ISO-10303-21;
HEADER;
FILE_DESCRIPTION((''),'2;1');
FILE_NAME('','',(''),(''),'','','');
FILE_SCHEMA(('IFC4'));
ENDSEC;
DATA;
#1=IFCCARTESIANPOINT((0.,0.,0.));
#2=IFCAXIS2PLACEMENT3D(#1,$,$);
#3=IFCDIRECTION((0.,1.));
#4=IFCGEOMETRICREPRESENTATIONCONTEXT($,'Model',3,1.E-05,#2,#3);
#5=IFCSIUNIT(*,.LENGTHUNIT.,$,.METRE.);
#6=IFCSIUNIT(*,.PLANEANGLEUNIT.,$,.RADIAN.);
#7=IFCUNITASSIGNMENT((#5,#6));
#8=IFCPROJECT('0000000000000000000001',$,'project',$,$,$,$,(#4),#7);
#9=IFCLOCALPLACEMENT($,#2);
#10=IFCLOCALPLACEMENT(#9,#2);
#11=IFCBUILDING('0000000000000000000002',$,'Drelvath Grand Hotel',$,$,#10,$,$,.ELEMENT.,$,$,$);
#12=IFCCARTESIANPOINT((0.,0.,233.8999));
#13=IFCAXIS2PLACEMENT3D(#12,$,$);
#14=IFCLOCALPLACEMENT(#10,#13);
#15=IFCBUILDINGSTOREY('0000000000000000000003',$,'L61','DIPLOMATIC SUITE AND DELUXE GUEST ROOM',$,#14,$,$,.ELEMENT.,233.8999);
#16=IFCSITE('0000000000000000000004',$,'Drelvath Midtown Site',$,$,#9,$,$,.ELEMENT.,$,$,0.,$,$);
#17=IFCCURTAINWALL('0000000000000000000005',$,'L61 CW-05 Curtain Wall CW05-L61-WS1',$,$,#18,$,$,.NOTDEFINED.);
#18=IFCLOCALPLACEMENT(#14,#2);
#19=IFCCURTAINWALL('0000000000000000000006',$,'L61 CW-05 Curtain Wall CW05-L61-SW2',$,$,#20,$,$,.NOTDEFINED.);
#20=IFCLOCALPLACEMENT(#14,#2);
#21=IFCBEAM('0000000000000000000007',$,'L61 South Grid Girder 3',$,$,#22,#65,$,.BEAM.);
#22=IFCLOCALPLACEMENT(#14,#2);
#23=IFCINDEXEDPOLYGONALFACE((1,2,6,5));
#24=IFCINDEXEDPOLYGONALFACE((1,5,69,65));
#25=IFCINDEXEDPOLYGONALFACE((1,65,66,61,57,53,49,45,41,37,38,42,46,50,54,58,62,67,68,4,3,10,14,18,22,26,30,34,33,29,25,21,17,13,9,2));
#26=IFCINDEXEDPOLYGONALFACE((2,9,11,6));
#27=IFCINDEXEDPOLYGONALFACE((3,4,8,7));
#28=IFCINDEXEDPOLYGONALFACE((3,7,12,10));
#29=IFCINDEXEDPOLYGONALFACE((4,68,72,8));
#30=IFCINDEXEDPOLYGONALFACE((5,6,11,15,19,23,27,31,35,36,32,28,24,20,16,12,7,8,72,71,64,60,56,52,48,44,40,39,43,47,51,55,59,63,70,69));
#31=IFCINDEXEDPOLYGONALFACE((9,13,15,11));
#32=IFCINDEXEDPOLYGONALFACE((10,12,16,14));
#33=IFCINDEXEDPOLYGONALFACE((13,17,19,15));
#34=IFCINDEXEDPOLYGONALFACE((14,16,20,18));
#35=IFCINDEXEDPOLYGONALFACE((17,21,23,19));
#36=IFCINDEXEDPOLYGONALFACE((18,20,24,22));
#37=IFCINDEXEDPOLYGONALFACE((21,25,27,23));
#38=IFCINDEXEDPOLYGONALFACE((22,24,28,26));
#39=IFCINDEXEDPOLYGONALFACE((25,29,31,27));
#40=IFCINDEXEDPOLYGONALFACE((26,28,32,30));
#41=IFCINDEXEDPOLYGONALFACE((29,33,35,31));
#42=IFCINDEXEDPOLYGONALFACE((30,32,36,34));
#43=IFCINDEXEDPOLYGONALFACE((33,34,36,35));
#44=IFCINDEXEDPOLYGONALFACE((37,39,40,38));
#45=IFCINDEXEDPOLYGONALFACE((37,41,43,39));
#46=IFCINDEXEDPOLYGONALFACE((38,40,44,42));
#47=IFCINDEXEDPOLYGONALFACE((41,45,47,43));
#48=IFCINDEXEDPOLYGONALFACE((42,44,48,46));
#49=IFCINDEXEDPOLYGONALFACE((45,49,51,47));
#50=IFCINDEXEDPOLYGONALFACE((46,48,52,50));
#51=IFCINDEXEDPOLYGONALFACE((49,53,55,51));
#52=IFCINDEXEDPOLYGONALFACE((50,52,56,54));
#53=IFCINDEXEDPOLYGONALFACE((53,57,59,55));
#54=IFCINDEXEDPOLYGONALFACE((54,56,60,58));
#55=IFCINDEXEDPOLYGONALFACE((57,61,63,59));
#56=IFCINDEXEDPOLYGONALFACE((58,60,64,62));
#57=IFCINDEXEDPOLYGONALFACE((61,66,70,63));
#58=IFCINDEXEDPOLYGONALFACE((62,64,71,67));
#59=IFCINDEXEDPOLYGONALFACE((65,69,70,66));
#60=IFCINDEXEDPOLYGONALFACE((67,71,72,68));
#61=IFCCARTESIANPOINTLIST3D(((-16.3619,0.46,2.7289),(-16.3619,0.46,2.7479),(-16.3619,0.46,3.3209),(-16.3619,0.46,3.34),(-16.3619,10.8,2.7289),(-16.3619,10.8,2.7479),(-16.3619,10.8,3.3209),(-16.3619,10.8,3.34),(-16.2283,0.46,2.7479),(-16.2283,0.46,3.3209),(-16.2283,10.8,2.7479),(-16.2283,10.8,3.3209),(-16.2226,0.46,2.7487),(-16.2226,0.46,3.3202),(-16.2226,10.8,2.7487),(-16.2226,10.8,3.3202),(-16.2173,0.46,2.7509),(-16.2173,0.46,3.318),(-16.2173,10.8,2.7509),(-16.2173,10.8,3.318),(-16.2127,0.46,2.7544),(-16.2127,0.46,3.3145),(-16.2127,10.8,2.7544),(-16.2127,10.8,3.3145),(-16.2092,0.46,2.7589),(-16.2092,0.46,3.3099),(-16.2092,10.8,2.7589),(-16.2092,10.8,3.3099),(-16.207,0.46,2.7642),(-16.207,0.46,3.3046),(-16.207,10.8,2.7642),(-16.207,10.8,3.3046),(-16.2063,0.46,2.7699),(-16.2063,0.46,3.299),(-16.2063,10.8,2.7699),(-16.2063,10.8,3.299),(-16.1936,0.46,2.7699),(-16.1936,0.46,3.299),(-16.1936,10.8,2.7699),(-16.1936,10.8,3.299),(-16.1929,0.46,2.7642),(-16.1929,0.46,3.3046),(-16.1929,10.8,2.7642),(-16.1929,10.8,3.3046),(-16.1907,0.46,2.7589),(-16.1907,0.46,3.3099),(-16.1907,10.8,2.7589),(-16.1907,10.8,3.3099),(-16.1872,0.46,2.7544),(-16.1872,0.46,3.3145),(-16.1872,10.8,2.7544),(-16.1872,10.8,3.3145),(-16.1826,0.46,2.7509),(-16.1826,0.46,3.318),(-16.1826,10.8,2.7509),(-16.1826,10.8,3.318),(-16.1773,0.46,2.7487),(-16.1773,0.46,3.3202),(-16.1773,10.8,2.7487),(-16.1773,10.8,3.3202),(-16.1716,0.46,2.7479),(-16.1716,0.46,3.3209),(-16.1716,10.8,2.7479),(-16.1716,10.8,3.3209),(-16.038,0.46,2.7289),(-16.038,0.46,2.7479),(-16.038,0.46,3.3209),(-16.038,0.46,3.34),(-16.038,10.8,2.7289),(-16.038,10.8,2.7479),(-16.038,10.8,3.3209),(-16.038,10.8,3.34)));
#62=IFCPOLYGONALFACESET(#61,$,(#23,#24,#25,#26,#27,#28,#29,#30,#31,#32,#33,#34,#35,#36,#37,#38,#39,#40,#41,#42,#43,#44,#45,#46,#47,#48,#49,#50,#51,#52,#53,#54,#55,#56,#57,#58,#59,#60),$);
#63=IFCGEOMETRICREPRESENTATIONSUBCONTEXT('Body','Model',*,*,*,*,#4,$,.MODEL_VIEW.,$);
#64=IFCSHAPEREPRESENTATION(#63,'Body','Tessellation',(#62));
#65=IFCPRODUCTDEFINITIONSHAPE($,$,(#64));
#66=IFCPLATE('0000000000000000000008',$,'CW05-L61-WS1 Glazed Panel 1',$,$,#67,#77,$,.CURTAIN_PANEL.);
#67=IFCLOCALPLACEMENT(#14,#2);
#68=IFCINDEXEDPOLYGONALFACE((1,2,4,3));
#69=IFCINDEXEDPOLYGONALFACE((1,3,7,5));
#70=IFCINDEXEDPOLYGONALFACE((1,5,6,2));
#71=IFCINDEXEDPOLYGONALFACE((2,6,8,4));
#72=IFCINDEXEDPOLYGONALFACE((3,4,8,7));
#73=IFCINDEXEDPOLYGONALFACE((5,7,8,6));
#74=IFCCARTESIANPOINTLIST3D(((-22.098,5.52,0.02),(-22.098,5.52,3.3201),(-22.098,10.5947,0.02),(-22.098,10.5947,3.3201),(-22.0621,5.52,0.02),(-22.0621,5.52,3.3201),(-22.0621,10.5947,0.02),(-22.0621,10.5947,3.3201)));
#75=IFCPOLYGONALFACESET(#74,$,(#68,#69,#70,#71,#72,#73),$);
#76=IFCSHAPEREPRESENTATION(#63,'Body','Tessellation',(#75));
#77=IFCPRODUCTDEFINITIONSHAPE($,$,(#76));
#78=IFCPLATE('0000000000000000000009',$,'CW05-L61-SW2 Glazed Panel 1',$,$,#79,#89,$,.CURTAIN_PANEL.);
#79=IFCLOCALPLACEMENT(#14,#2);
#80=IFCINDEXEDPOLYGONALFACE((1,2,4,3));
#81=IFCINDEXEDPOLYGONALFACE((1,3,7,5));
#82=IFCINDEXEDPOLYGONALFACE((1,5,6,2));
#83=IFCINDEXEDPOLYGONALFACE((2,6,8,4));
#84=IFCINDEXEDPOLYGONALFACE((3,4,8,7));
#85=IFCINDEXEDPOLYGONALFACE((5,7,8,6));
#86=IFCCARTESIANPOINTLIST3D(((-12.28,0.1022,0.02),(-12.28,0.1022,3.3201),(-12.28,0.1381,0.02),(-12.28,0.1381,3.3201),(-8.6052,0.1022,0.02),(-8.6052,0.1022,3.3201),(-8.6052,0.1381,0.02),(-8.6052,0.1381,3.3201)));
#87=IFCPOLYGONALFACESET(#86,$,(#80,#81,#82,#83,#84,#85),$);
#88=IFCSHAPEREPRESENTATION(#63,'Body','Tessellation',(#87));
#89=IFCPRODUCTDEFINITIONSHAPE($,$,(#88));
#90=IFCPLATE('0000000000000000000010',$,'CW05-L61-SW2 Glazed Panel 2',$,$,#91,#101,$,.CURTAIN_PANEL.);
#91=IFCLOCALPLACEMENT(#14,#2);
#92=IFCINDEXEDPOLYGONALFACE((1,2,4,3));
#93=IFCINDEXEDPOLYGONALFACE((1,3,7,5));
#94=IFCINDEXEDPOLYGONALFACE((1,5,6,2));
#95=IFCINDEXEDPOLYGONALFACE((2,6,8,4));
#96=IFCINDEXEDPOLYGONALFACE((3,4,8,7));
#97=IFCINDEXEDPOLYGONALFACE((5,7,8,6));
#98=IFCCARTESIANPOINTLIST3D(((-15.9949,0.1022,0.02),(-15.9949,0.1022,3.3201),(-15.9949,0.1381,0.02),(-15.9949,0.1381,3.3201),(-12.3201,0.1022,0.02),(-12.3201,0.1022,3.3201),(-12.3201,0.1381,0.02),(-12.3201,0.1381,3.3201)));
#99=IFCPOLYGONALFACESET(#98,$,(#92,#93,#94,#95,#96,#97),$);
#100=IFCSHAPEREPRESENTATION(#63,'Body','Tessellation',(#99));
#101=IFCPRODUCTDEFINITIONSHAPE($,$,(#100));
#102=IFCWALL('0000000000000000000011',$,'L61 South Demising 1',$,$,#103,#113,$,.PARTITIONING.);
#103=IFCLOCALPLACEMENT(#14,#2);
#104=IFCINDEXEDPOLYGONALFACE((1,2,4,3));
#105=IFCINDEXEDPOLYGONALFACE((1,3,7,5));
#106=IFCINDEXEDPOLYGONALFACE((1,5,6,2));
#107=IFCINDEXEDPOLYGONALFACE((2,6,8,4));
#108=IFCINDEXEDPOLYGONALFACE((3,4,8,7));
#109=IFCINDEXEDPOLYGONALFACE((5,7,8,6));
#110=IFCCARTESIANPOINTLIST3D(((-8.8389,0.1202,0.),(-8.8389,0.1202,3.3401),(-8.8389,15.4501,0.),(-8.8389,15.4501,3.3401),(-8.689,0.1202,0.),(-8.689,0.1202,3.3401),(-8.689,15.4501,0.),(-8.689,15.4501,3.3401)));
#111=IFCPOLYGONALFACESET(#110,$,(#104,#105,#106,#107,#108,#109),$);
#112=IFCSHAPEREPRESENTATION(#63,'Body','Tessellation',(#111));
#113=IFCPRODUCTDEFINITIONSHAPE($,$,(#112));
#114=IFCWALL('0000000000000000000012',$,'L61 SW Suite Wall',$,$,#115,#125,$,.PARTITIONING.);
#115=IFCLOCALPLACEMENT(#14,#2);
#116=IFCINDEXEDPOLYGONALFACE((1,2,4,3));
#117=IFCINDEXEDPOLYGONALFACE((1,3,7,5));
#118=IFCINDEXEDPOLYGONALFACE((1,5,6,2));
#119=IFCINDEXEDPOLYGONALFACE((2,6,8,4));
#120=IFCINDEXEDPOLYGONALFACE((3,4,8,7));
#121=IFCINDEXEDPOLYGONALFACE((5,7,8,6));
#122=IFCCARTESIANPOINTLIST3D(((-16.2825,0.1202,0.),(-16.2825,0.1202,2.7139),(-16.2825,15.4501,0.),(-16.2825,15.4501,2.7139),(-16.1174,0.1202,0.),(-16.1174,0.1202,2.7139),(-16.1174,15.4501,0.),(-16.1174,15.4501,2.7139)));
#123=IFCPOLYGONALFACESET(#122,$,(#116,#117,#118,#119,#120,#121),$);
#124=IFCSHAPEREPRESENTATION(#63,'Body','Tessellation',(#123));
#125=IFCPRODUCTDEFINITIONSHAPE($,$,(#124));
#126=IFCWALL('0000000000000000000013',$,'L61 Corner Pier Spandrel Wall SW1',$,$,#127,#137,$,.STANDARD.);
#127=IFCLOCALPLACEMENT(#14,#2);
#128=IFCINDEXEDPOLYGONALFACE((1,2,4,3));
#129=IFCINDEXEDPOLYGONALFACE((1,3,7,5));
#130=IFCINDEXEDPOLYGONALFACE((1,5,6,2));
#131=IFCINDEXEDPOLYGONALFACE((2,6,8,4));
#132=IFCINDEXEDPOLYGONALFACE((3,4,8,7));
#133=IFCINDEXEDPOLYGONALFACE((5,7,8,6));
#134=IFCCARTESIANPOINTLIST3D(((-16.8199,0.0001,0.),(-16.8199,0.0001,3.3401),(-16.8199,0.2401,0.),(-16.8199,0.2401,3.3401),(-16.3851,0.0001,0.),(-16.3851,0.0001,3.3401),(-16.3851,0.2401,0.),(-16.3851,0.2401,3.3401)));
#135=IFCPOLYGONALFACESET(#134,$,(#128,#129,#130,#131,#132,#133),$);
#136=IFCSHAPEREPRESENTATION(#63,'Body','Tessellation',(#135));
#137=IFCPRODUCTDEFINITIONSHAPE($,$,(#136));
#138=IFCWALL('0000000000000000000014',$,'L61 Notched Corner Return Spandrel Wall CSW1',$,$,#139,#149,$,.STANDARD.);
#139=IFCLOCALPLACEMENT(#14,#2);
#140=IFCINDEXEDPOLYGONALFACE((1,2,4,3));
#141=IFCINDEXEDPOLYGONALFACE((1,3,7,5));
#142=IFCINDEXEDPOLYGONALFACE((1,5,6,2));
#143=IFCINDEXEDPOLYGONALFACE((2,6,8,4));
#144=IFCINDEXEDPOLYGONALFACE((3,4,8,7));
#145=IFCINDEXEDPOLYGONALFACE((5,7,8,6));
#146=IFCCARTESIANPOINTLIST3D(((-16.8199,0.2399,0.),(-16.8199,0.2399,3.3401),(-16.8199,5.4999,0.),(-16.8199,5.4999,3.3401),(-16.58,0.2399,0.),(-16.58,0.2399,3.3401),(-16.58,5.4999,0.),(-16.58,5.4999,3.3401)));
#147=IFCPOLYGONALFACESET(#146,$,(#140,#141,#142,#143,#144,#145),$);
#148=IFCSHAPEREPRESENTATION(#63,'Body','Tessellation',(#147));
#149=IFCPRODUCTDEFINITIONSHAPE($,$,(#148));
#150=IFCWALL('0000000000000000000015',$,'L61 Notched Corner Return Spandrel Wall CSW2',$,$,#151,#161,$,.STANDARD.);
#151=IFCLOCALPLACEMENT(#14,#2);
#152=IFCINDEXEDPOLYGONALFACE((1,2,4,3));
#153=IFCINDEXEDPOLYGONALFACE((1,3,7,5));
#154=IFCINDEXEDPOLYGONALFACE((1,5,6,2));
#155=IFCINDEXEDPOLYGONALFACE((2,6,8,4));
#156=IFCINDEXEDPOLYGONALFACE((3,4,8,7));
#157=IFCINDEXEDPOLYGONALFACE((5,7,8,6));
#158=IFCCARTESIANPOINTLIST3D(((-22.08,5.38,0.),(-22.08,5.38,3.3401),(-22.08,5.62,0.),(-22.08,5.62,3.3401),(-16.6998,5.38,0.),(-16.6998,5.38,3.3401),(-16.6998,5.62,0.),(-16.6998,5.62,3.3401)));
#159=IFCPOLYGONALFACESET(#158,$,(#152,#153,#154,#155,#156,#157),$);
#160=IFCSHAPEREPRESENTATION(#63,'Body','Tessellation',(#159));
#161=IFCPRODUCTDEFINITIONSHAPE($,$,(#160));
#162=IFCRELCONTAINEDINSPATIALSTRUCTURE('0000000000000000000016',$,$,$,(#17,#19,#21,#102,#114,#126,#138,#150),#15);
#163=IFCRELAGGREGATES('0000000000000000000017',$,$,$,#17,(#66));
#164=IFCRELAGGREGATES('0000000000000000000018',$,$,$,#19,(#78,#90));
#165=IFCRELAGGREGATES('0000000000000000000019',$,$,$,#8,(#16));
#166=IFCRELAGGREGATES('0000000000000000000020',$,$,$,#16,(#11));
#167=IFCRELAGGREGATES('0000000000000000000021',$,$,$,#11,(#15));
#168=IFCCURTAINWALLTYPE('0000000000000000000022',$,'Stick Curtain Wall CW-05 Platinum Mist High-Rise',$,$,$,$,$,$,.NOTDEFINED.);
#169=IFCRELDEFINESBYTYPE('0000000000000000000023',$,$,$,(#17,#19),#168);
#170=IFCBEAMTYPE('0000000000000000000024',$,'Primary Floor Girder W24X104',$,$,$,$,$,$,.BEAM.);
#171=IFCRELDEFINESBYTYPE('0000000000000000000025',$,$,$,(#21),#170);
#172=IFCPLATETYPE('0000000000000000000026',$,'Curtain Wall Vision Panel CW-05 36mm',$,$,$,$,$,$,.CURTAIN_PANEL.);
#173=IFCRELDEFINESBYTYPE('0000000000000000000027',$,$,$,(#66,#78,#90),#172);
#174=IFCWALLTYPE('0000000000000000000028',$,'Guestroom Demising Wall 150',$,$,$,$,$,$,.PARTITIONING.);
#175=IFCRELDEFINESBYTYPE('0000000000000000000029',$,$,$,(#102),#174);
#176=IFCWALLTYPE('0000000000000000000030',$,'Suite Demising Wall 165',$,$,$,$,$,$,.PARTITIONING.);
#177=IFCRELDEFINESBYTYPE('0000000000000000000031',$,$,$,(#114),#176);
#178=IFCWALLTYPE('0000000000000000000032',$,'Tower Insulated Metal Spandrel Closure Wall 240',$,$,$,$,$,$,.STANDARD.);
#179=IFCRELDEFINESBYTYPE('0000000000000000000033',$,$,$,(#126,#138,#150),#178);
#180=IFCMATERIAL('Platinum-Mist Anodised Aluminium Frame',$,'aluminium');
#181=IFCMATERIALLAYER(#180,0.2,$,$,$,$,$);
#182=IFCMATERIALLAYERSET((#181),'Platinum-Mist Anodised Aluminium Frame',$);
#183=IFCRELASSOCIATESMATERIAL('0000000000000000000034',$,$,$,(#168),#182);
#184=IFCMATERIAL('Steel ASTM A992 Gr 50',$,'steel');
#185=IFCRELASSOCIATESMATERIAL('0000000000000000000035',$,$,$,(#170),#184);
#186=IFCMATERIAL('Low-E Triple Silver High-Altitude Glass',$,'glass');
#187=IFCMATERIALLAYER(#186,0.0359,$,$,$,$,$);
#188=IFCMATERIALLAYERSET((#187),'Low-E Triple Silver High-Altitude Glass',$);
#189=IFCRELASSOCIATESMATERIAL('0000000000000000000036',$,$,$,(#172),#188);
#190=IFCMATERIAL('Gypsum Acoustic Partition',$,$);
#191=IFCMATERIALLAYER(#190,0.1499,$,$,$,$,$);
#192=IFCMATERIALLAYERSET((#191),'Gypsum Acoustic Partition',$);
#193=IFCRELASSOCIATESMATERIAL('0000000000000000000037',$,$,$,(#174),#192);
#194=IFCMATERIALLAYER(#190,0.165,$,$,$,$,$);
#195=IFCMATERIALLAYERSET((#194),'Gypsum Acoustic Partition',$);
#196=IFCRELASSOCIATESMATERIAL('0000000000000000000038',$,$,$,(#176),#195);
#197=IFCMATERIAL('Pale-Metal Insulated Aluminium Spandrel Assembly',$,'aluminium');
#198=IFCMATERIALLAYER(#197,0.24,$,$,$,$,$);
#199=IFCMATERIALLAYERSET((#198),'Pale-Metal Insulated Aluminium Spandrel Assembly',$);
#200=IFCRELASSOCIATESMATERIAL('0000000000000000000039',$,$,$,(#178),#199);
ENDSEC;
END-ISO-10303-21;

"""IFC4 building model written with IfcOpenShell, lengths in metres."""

from ifc_helpers import new_model, si_unit, direction, frame, frame_2d, origin, origin_2d, place, context, subcontext, project, spatial, rectangle, i_section, extrude, material, layer, layer_set, material_profile, profile_set, type_object, element, aggregate, save


model = new_model("IFC4")

# Units and contexts
model_context = context("Model", 3, precision=1e-05, world=origin(), true_north=direction((0.0, 1.0)))
body_context = subcontext(model_context, "Body", "Model", "MODEL_VIEW")
ifc_project = project(units=[si_unit("LENGTHUNIT", "METRE"), si_unit("PLANEANGLEUNIT", "RADIAN")], contexts=[model_context])

# Site, building, storey
site_placement = place(None, origin())
site = spatial("IfcSite", under=ifc_project, at=site_placement, Name="Drelvath Midtown Site", CompositionType="ELEMENT", RefElevation=0.0)
building_placement = place(site_placement, origin())
building = spatial("IfcBuilding", under=site, at=building_placement, Name="Drelvath Grand Hotel", CompositionType="ELEMENT")
storey_placement = place(building_placement, frame((0.0, 0.0, 233.8999)))
storey = spatial("IfcBuildingStorey", under=building, at=storey_placement, Name="L61", Description="DIPLOMATIC SUITE AND DELUXE GUEST ROOM", CompositionType="ELEMENT", Elevation=233.8999)

# Curtain walls
ifc_material_1 = material(Name="Platinum-Mist Anodised Aluminium Frame", Category="aluminium")
ifc_layer_1 = layer(ifc_material_1, 0.2)
ifc_layer_set_1 = layer_set([ifc_layer_1], Name="Platinum-Mist Anodised Aluminium Frame")
curtain_wall_type = type_object("IfcCurtainWallType", Name="Stick Curtain Wall CW-05 Platinum Mist High-Rise", PredefinedType="NOTDEFINED", material=ifc_layer_set_1)
curtain_wall_1_placement = place(storey_placement, origin())
curtain_wall_1 = element("IfcCurtainWall", 1, at=curtain_wall_1_placement, inside=storey, type_object=curtain_wall_type, Name="L61 CW-05 Curtain Wall CW05-L61-WS1", PredefinedType="NOTDEFINED")
curtain_wall_2_placement = place(storey_placement, origin())
curtain_wall_2 = element("IfcCurtainWall", 2, at=curtain_wall_2_placement, inside=storey, type_object=curtain_wall_type, Name="L61 CW-05 Curtain Wall CW05-L61-SW2", PredefinedType="NOTDEFINED")

# Beam
ifc_material_2 = material(Name="Steel ASTM A992 Gr 50", Category="steel")
ifc_material_profile_1 = material_profile(ifc_material_2, i_section(OverallWidth=0.324, OverallDepth=0.6111, WebThickness=0.0127, FlangeThickness=0.019, FilletRadius=0.022, at=origin_2d()), Name="W24X104")
ifc_profile_set_1 = profile_set([ifc_material_profile_1], Name="Steel ASTM A992 Gr 50")
beam_type_1 = type_object("IfcBeamType", Name="Primary Floor Girder W24X104", PredefinedType="BEAM", material=ifc_profile_set_1)
beam_1_placement = place(storey_placement, frame((-16.2, 0.46, 3.0344), z_axis=(0.0, 1.0, 0.0), x_axis=(-1.0, 0.0, 0.0)))
element("IfcBeam", 3, at=beam_1_placement, inside=storey, type_object=beam_type_1, Name="L61 South Grid Girder 3", PredefinedType="BEAM", context=body_context, shape_type="SweptSolid", body=[
    extrude(i_section(OverallWidth=0.324, OverallDepth=0.6111, WebThickness=0.0127, FlangeThickness=0.019, FilletRadius=0.022, at=origin_2d()), origin(), (0.0, 0.0, 1.0), 10.3401),
])

# Plates
ifc_material_3 = material(Name="Low-E Triple Silver High-Altitude Glass", Category="glass")
ifc_layer_2 = layer(ifc_material_3, 0.0359)
ifc_layer_set_2 = layer_set([ifc_layer_2], Name="Low-E Triple Silver High-Altitude Glass")
plate_type = type_object("IfcPlateType", Name="Curtain Wall Vision Panel CW-05 36mm", PredefinedType="CURTAIN_PANEL", material=ifc_layer_set_2)
plate_1_placement = place(storey_placement, frame((-22.0801, 8.0574, 0.02), z_axis=(0.0, 0.0, 1.0), x_axis=(0.0, 1.0, 0.0)))
plate_1 = element("IfcPlate", 4, at=plate_1_placement, type_object=plate_type, Name="CW05-L61-WS1 Glazed Panel 1", PredefinedType="CURTAIN_PANEL", context=body_context, shape_type="SweptSolid", body=[
    extrude(rectangle(XDim=5.0747, YDim=0.0359, at=origin_2d()), origin(), (0.0, 0.0, 1.0), 3.3),
])
aggregate(curtain_wall_1, [plate_1])
plate_2_placement = place(storey_placement, frame((-10.4426, 0.1201, 0.02), z_axis=(0.0, 0.0, 1.0), x_axis=(-1.0, 0.0, 0.0)))
plate_2 = element("IfcPlate", 5, at=plate_2_placement, type_object=plate_type, Name="CW05-L61-SW2 Glazed Panel 1", PredefinedType="CURTAIN_PANEL", context=body_context, shape_type="SweptSolid", body=[
    extrude(rectangle(XDim=3.6748, YDim=0.0359, at=origin_2d()), origin(), (0.0, 0.0, 1.0), 3.3),
])
plate_3_placement = place(storey_placement, frame((-14.1575, 0.1201, 0.02), z_axis=(0.0, 0.0, 1.0), x_axis=(-1.0, 0.0, 0.0)))
plate_3 = element("IfcPlate", 6, at=plate_3_placement, type_object=plate_type, Name="CW05-L61-SW2 Glazed Panel 2", PredefinedType="CURTAIN_PANEL", context=body_context, shape_type="SweptSolid", body=[
    extrude(rectangle(XDim=3.6748, YDim=0.0359, at=origin_2d()), origin(), (0.0, 0.0, 1.0), 3.3),
])
aggregate(curtain_wall_2, [plate_2, plate_3])

# Walls
ifc_material_4 = material(Name="Gypsum Acoustic Partition")
ifc_layer_3 = layer(ifc_material_4, 0.1499)
ifc_layer_set_3 = layer_set([ifc_layer_3], Name="Gypsum Acoustic Partition")
wall_type_1 = type_object("IfcWallType", Name="Guestroom Demising Wall 150", PredefinedType="PARTITIONING", material=ifc_layer_set_3)
wall_1_placement = place(storey_placement, frame((-8.7639, 0.1201, 0.0), z_axis=(0.0, 0.0, 1.0), x_axis=(0.0, 1.0, 0.0)))
element("IfcWall", 7, at=wall_1_placement, inside=storey, type_object=wall_type_1, Name="L61 South Demising 1", PredefinedType="PARTITIONING", context=body_context, shape_type="SweptSolid", body=[
    extrude(rectangle(XDim=15.3298, YDim=0.1499, at=frame_2d((7.665, 0.0))), origin(), (0.0, 0.0, 1.0), 3.3401),
])
ifc_layer_4 = layer(ifc_material_4, 0.165)
ifc_layer_set_4 = layer_set([ifc_layer_4], Name="Gypsum Acoustic Partition")
wall_type_2 = type_object("IfcWallType", Name="Suite Demising Wall 165", PredefinedType="PARTITIONING", material=ifc_layer_set_4)
wall_2_placement = place(storey_placement, frame((-16.2, 0.1201, 0.0), z_axis=(0.0, 0.0, 1.0), x_axis=(0.0, 1.0, 0.0)))
element("IfcWall", 8, at=wall_2_placement, inside=storey, type_object=wall_type_2, Name="L61 SW Suite Wall", PredefinedType="PARTITIONING", context=body_context, shape_type="SweptSolid", body=[
    extrude(rectangle(XDim=15.3298, YDim=0.165, at=frame_2d((7.665, 0.0))), origin(), (0.0, 0.0, 1.0), 2.7139),
])
ifc_material_5 = material(Name="Pale-Metal Insulated Aluminium Spandrel Assembly", Category="aluminium")
ifc_layer_5 = layer(ifc_material_5, 0.24)
ifc_layer_set_5 = layer_set([ifc_layer_5], Name="Pale-Metal Insulated Aluminium Spandrel Assembly")
wall_type_3 = type_object("IfcWallType", Name="Tower Insulated Metal Spandrel Closure Wall 240", PredefinedType="STANDARD", material=ifc_layer_set_5)
wall_3_placement = place(storey_placement, frame((-16.3853, 0.1201, 0.0), z_axis=(0.0, 0.0, 1.0), x_axis=(-1.0, 0.0, 0.0)))
element("IfcWall", 9, at=wall_3_placement, inside=storey, type_object=wall_type_3, Name="L61 Corner Pier Spandrel Wall SW1", PredefinedType="STANDARD", context=body_context, shape_type="SweptSolid", body=[
    extrude(rectangle(XDim=0.4348, YDim=0.24, at=frame_2d((0.2173, 0.0))), origin(), (0.0, 0.0, 1.0), 3.3401),
])
wall_4_placement = place(storey_placement, frame((-16.7, 0.24, 0.0), z_axis=(0.0, 0.0, 1.0), x_axis=(0.0, 1.0, 0.0)))
element("IfcWall", 10, at=wall_4_placement, inside=storey, type_object=wall_type_3, Name="L61 Notched Corner Return Spandrel Wall CSW1", PredefinedType="STANDARD", context=body_context, shape_type="SweptSolid", body=[
    extrude(rectangle(XDim=5.26, YDim=0.24, at=frame_2d((2.6299, 0.0))), origin(), (0.0, 0.0, 1.0), 3.3401),
])
wall_5_placement = place(storey_placement, frame((-16.7, 5.5, 0.0), z_axis=(0.0, 0.0, 1.0), x_axis=(-1.0, 0.0, 0.0)))
element("IfcWall", 11, at=wall_5_placement, inside=storey, type_object=wall_type_3, Name="L61 Notched Corner Return Spandrel Wall CSW2", PredefinedType="STANDARD", context=body_context, shape_type="SweptSolid", body=[
    extrude(rectangle(XDim=5.3801, YDim=0.24, at=frame_2d((2.6899, 0.0))), origin(), (0.0, 0.0, 1.0), 3.3401),
])

save(model, "model.ifc")
